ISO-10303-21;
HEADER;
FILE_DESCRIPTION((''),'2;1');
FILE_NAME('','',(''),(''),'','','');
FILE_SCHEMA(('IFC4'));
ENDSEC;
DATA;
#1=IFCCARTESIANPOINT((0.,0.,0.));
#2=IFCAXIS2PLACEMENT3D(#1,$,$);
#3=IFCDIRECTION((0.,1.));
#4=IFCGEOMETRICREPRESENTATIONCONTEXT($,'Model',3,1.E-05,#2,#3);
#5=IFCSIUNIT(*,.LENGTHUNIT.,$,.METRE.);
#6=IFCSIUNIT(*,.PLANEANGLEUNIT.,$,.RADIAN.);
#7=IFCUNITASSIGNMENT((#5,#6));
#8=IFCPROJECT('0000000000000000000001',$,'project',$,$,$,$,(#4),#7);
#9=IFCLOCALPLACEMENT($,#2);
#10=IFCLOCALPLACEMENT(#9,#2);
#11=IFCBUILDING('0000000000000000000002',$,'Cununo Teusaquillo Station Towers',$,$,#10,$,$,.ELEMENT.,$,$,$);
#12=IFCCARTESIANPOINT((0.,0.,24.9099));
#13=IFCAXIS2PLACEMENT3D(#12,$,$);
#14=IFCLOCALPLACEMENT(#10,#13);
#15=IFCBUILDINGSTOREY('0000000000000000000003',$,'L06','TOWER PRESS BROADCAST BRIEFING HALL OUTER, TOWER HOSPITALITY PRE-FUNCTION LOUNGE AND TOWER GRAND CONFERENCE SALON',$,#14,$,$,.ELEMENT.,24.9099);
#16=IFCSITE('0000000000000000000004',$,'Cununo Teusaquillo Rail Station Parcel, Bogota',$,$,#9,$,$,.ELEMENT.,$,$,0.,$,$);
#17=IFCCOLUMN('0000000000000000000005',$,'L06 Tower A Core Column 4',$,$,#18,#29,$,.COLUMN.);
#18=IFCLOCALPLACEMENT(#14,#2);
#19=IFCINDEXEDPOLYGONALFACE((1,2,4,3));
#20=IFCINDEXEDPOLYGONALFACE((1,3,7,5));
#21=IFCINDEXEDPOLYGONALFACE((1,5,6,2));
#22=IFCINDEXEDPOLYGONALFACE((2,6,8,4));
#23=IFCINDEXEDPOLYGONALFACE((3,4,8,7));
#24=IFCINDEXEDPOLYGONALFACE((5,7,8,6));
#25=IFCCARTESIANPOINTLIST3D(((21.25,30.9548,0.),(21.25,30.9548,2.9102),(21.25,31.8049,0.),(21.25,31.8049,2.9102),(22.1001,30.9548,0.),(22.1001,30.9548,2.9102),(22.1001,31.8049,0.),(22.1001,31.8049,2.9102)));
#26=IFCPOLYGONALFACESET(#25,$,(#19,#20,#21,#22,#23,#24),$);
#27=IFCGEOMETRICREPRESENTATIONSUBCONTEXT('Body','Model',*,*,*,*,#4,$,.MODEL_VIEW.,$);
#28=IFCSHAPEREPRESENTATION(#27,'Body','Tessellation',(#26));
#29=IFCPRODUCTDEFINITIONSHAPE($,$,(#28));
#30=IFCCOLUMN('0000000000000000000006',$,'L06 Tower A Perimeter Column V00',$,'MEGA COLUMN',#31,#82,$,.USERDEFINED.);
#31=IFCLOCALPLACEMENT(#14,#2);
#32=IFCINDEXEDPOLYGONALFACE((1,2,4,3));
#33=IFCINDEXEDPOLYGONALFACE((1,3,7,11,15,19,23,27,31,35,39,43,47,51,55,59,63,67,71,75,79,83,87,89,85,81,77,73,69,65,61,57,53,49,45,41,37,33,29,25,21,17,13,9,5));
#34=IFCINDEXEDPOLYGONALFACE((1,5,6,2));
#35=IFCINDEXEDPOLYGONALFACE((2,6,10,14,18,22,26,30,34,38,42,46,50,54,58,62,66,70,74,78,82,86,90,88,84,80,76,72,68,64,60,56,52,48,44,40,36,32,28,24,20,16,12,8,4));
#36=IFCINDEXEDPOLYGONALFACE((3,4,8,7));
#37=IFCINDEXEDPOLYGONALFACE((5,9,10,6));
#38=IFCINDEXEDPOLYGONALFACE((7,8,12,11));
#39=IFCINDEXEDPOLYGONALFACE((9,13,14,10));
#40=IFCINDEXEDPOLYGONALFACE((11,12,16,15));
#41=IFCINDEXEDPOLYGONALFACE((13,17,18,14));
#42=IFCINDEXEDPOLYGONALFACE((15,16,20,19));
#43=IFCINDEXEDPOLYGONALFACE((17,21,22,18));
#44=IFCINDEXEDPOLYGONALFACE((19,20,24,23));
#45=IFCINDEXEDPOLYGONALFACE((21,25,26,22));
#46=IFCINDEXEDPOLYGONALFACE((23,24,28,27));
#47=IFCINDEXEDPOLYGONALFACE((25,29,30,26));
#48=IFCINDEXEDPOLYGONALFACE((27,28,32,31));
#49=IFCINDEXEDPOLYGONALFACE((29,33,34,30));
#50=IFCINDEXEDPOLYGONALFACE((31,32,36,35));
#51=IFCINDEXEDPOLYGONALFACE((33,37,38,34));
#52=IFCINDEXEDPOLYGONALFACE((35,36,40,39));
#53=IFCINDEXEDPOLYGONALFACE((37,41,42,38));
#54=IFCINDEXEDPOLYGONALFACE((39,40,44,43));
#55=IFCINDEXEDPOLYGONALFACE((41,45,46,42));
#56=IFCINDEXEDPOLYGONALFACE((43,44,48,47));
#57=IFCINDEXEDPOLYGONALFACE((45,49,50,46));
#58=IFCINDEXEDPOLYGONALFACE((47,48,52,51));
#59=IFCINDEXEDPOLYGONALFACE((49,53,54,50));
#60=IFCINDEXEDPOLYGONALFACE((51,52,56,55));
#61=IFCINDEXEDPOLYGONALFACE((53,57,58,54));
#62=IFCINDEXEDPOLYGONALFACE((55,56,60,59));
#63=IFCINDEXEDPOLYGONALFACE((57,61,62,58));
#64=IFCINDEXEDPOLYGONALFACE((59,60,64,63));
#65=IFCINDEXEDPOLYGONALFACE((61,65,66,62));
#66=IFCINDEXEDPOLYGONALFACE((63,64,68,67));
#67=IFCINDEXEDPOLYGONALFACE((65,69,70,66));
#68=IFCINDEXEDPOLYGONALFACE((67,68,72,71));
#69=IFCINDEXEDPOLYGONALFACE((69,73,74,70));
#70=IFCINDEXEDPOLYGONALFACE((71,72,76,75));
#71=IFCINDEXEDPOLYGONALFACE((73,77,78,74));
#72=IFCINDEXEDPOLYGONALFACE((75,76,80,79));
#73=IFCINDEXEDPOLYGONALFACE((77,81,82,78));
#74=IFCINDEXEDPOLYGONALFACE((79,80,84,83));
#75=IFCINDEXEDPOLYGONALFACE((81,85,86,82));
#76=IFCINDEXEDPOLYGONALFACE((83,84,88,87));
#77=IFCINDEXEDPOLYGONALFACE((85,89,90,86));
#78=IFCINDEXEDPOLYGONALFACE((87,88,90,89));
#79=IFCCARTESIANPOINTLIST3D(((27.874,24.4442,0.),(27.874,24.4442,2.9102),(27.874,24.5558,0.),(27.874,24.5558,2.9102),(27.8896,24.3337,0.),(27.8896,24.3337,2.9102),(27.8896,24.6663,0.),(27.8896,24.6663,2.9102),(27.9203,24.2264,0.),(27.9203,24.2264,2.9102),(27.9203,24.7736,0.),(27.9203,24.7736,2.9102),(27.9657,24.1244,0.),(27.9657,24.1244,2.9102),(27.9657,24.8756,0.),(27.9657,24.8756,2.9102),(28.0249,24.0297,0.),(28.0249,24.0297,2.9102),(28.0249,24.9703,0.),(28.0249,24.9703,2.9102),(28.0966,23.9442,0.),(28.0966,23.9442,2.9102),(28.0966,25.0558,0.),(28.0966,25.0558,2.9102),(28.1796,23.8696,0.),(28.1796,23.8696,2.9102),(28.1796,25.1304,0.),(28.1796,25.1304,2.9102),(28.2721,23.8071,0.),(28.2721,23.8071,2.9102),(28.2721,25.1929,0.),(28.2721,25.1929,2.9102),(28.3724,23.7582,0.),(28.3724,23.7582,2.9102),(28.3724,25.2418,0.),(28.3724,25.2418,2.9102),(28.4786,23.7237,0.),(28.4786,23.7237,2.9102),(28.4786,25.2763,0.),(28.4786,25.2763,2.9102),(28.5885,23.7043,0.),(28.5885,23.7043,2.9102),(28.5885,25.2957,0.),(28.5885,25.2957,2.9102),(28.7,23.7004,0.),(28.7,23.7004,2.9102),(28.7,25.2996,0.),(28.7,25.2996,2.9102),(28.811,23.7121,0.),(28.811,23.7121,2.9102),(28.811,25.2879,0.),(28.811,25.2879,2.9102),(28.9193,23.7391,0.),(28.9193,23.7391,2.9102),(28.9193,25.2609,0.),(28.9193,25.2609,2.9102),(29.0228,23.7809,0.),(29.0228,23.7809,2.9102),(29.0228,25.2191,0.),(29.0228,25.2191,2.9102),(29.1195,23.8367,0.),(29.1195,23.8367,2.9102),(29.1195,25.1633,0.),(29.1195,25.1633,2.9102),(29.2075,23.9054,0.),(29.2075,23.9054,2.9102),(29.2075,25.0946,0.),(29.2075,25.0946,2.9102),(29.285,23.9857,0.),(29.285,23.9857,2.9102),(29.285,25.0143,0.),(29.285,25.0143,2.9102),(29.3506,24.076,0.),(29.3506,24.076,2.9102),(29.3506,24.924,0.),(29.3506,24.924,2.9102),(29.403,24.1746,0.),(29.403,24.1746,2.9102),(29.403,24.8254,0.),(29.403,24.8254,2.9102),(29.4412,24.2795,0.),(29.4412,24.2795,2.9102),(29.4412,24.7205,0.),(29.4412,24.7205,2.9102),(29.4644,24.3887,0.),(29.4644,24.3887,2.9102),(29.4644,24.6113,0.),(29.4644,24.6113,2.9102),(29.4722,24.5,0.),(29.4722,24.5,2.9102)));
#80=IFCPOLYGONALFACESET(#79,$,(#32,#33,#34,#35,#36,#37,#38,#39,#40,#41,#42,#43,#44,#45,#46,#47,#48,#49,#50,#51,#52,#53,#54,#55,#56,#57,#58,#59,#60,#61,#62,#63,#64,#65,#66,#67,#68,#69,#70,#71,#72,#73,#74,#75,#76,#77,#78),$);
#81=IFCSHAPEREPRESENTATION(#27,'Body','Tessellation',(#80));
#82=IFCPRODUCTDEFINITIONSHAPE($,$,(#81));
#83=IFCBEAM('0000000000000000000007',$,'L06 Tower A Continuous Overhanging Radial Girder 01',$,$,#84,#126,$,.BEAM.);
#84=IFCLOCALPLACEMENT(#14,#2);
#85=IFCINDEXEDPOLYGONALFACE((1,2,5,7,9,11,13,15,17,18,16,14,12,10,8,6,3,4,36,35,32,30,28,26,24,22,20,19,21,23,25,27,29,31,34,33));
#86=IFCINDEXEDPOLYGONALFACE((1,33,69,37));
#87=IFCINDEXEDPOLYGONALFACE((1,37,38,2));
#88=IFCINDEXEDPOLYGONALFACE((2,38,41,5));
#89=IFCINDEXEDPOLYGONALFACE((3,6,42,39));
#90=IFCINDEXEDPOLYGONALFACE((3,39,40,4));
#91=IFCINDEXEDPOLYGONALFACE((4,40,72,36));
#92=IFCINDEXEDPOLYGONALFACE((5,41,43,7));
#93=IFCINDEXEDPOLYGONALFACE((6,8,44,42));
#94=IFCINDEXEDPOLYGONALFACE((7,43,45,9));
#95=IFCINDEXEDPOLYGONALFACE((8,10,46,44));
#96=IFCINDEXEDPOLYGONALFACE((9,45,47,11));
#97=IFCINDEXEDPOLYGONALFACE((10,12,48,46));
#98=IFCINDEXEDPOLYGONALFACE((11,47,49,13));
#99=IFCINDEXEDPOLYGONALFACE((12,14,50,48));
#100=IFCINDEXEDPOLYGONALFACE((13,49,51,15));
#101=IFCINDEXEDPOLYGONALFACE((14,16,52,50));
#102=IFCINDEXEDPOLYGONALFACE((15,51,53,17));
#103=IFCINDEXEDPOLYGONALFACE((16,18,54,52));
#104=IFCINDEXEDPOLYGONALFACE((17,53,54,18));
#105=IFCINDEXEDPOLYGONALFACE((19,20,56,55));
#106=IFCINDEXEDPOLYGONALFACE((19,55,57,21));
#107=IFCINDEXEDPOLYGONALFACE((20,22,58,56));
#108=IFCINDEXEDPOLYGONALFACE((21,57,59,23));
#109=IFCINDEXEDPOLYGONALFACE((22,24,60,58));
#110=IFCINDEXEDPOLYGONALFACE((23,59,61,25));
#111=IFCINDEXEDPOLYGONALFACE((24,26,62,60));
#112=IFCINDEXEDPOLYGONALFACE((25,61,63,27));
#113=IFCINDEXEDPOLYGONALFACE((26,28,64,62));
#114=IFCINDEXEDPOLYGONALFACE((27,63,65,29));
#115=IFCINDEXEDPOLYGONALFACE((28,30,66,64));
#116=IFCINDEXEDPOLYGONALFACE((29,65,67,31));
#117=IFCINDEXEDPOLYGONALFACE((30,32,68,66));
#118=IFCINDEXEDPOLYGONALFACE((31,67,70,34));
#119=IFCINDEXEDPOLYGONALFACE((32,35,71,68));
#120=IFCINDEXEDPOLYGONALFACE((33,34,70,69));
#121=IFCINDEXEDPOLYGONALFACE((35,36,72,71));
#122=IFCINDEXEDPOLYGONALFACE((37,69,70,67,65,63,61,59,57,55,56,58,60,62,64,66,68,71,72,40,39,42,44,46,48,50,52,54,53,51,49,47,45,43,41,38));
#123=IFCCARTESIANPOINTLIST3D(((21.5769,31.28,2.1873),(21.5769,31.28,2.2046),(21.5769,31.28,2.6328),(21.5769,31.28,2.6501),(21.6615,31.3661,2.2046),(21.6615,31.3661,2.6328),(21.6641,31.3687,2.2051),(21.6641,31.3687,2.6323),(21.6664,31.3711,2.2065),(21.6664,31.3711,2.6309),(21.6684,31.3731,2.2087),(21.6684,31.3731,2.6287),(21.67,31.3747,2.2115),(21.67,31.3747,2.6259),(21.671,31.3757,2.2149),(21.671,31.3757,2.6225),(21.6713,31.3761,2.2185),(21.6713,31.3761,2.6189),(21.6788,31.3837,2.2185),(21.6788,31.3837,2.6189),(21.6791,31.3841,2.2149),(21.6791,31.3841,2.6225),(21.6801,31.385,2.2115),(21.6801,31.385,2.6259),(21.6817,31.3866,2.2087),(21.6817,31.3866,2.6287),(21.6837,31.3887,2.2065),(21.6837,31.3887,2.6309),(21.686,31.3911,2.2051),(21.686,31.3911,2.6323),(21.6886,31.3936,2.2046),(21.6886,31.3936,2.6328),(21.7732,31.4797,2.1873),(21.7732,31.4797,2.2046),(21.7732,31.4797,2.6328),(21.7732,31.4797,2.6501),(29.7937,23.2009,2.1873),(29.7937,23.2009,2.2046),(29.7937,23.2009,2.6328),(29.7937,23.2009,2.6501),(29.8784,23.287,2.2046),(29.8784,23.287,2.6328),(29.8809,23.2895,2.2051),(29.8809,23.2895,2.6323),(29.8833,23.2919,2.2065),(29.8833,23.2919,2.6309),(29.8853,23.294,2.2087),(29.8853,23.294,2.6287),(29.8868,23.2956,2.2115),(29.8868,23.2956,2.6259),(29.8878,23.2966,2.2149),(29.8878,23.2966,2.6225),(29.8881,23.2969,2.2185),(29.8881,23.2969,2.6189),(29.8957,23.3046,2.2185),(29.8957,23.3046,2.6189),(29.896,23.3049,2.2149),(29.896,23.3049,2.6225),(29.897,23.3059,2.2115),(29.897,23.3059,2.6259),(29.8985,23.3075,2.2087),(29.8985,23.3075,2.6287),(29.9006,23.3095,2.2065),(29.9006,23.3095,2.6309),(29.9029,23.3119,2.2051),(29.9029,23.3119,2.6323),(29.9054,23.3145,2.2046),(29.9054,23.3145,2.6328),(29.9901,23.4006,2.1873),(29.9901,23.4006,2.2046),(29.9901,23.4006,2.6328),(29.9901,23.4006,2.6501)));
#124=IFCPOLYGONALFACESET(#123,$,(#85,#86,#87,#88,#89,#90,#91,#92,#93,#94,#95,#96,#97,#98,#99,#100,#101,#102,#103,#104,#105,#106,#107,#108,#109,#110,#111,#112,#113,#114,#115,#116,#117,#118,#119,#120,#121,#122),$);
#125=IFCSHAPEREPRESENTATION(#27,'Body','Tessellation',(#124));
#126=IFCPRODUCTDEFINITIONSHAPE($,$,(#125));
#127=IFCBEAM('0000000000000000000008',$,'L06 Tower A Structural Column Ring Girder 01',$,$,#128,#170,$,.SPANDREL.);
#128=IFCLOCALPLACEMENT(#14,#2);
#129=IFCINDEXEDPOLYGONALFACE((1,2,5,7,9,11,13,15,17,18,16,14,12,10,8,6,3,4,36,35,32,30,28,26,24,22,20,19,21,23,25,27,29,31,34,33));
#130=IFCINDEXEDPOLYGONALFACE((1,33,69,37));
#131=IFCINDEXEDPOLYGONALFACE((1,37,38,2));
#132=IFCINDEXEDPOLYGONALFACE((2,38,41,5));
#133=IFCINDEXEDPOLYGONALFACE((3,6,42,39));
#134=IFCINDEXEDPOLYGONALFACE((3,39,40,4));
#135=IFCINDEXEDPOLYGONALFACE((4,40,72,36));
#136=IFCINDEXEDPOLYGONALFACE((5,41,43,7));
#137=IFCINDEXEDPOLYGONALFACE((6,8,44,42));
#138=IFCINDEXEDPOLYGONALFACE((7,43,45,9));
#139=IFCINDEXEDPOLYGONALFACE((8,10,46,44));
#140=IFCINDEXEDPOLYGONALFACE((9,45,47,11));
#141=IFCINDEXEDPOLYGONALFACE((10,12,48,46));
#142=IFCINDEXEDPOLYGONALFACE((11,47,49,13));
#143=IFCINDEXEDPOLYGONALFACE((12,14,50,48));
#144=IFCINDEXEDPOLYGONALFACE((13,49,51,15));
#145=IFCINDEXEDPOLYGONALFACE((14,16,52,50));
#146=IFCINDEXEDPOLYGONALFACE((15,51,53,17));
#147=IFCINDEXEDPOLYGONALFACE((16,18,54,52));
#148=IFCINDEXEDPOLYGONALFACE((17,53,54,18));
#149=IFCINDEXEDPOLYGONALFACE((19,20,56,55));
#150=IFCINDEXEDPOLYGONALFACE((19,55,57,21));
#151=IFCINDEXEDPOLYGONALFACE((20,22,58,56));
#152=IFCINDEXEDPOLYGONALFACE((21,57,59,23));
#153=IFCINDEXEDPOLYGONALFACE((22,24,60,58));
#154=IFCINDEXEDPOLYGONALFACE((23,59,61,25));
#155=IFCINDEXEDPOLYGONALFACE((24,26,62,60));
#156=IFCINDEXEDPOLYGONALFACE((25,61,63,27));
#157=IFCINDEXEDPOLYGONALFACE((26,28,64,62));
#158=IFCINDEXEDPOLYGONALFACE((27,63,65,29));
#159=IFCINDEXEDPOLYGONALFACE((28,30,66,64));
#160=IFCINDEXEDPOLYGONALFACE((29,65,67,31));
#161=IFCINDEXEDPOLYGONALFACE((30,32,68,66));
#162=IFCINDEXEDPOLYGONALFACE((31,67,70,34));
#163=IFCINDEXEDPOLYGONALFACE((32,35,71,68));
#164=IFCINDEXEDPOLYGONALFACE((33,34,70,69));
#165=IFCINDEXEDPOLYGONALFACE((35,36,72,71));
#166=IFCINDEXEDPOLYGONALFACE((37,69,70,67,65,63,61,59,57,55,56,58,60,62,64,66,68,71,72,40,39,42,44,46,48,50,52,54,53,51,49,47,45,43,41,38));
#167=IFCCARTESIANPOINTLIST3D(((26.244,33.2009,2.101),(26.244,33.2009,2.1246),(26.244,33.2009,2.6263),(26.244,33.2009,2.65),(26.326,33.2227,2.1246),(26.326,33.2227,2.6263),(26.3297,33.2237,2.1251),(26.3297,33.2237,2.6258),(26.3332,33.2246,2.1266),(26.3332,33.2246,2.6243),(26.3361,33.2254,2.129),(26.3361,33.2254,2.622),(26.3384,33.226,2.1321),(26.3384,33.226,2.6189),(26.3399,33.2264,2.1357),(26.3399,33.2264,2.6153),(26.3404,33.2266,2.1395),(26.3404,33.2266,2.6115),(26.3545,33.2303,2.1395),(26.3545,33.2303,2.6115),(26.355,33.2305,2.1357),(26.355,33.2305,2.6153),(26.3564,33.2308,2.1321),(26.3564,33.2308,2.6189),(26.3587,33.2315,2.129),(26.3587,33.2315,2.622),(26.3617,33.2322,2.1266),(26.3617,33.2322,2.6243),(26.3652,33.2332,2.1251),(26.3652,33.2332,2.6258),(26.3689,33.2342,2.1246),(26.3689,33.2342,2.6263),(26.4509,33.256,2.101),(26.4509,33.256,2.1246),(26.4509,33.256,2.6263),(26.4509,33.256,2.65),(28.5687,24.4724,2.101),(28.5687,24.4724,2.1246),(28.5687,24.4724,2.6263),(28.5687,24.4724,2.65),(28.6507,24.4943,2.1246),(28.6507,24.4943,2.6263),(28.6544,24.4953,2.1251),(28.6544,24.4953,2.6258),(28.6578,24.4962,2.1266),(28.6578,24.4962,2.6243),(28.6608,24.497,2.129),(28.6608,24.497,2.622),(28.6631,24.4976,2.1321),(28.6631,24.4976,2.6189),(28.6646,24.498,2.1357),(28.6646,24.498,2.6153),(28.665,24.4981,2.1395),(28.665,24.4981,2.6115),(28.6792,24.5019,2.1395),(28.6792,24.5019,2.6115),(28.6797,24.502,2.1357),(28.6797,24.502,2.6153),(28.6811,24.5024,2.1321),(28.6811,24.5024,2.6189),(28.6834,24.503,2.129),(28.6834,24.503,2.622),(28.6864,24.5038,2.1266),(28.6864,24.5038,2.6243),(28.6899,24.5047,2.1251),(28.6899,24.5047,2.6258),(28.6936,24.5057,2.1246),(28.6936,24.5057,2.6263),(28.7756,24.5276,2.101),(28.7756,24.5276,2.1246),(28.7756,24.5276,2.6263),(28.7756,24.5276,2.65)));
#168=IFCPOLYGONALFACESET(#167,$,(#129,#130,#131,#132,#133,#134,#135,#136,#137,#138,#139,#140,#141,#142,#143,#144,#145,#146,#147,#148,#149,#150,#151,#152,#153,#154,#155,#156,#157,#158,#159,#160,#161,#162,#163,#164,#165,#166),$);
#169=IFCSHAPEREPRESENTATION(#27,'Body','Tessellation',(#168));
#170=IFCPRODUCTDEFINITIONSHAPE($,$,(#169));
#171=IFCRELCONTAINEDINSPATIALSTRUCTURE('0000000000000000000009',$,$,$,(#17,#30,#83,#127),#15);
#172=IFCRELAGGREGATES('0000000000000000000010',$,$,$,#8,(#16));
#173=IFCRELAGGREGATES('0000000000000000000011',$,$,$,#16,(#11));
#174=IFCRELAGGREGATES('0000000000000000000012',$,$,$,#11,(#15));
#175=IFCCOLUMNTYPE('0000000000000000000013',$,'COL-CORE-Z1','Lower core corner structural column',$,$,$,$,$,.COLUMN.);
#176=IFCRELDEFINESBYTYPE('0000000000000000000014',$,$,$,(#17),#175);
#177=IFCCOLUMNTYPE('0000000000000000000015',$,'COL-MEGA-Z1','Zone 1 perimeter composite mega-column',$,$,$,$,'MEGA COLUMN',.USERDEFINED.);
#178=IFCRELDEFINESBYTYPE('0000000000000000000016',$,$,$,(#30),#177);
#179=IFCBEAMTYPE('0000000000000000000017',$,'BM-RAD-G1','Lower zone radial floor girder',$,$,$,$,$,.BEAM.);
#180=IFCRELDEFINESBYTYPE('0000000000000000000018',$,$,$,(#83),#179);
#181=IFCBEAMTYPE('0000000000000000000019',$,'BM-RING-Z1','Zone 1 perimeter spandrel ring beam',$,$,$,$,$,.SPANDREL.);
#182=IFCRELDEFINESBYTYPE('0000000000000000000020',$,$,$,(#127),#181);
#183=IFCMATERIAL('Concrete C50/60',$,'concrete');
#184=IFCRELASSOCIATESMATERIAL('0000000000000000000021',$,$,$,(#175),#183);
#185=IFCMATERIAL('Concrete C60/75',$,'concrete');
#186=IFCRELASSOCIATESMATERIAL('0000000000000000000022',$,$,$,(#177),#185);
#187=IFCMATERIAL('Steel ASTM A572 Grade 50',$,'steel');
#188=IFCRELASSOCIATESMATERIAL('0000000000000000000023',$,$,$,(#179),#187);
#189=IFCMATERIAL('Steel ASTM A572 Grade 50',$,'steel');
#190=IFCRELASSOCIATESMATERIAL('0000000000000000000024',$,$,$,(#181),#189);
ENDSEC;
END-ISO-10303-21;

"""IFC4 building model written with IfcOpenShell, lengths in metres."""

from ifc_helpers import new_model, si_unit, direction, frame, origin, origin_2d, place, context, subcontext, project, spatial, rectangle, circle, i_section, extrude, material, material_profile, profile_set, type_object, element, save


model = new_model("IFC4")

# Units and contexts
model_context = context("Model", 3, precision=1e-05, world=origin(), true_north=direction((0.0, 1.0)))
body_context = subcontext(model_context, "Body", "Model", "MODEL_VIEW")
ifc_project = project(units=[si_unit("LENGTHUNIT", "METRE"), si_unit("PLANEANGLEUNIT", "RADIAN")], contexts=[model_context])

# Site, building, storey
site_placement = place(None, origin())
site = spatial("IfcSite", under=ifc_project, at=site_placement, Name="Cununo Teusaquillo Rail Station Parcel, Bogota", CompositionType="ELEMENT", RefElevation=0.0)
building_placement = place(site_placement, origin())
building = spatial("IfcBuilding", under=site, at=building_placement, Name="Cununo Teusaquillo Station Towers", CompositionType="ELEMENT")
storey_placement = place(building_placement, frame((0.0, 0.0, 24.9099)))
storey = spatial("IfcBuildingStorey", under=building, at=storey_placement, Name="L06", Description="TOWER PRESS BROADCAST BRIEFING HALL OUTER, TOWER HOSPITALITY PRE-FUNCTION LOUNGE AND TOWER GRAND CONFERENCE SALON", CompositionType="ELEMENT", Elevation=24.9099)

# Columns
ifc_material_1 = material(Name="Concrete C50/60", Category="concrete")
ifc_material_profile_1 = material_profile(ifc_material_1, rectangle(XDim=0.8501, YDim=0.8501, at=origin_2d()), Name="RC-RECT-850x850")
ifc_profile_set_1 = profile_set([ifc_material_profile_1], Name="Concrete C50/60")
column_type_1 = type_object("IfcColumnType", Name="COL-CORE-Z1", Description="Lower core corner structural column", PredefinedType="COLUMN", material=ifc_profile_set_1)
column_1_placement = place(storey_placement, frame((21.675, 31.3799, 0.0), z_axis=(0.0, 0.0, 1.0), x_axis=(1.0, 0.0, 0.0)))
element("IfcColumn", 1, at=column_1_placement, inside=storey, type_object=column_type_1, Name="L06 Tower A Core Column 4", PredefinedType="COLUMN", context=body_context, shape_type="SweptSolid", body=[
    extrude(rectangle(XDim=0.8501, YDim=0.8501, at=origin_2d()), origin(), (0.0, 0.0, 1.0), 2.9102),
])
ifc_material_2 = material(Name="Concrete C60/75", Category="concrete")
ifc_material_profile_2 = material_profile(ifc_material_2, circle(Radius=0.8, at=origin_2d()), Name="RC-CIRC-1600")
ifc_profile_set_2 = profile_set([ifc_material_profile_2], Name="Concrete C60/75")
column_type_2 = type_object("IfcColumnType", Name="COL-MEGA-Z1", Description="Zone 1 perimeter composite mega-column", ElementType="MEGA COLUMN", PredefinedType="USERDEFINED", material=ifc_profile_set_2)
column_2_placement = place(storey_placement, frame((28.6721, 24.5, 0.0), z_axis=(0.0, 0.0, 1.0), x_axis=(1.0, 0.0, 0.0)))
element("IfcColumn", 2, at=column_2_placement, inside=storey, type_object=column_type_2, Name="L06 Tower A Perimeter Column V00", ObjectType="MEGA COLUMN", PredefinedType="USERDEFINED", context=body_context, shape_type="SweptSolid", body=[
    extrude(circle(Radius=0.8, at=origin_2d()), origin(), (0.0, 0.0, 1.0), 2.9102),
])

# Beams
ifc_material_3 = material(Name="Steel ASTM A572 Grade 50", Category="steel")
ifc_material_profile_3 = material_profile(ifc_material_3, i_section(OverallWidth=0.28, OverallDepth=0.4629, WebThickness=0.0107, FlangeThickness=0.0173, FilletRadius=0.0139, at=origin_2d()), Name="W18X76")
ifc_profile_set_3 = profile_set([ifc_material_profile_3], Name="Steel ASTM A572 Grade 50")
beam_type_1 = type_object("IfcBeamType", Name="BM-RAD-G1", Description="Lower zone radial floor girder", PredefinedType="BEAM", material=ifc_profile_set_3)
beam_1_placement = place(storey_placement, frame((21.675, 31.3799, 2.4187), z_axis=(0.713056, -0.701107, 0.0), x_axis=(0.701107, 0.713056, 0.0)))
element("IfcBeam", 3, at=beam_1_placement, inside=storey, type_object=beam_type_1, Name="L06 Tower A Continuous Overhanging Radial Girder 01", PredefinedType="BEAM", context=body_context, shape_type="SweptSolid", body=[
    extrude(i_section(OverallWidth=0.28, OverallDepth=0.4629, WebThickness=0.0107, FlangeThickness=0.0173, FilletRadius=0.0139, at=origin_2d()), origin(), (0.0, 0.0, 1.0), 11.5234),
])
ifc_material_4 = material(Name="Steel ASTM A572 Grade 50", Category="steel")
ifc_material_profile_4 = material_profile(ifc_material_4, i_section(OverallWidth=0.2141, OverallDepth=0.5491, WebThickness=0.0146, FlangeThickness=0.0237, FilletRadius=0.0149, at=origin_2d()), Name="W21X93")
ifc_profile_set_4 = profile_set([ifc_material_profile_4], Name="Steel ASTM A572 Grade 50")
beam_type_2 = type_object("IfcBeamType", Name="BM-RING-Z1", Description="Zone 1 perimeter spandrel ring beam", PredefinedType="SPANDREL", material=ifc_profile_set_4)
beam_2_placement = place(storey_placement, frame((28.6721, 24.5, 2.3755), z_axis=(-0.257363, 0.966315, 0.0), x_axis=(-0.966315, -0.257363, 0.0)))
element("IfcBeam", 4, at=beam_2_placement, inside=storey, type_object=beam_type_2, Name="L06 Tower A Structural Column Ring Girder 01", PredefinedType="SPANDREL", context=body_context, shape_type="SweptSolid", body=[
    extrude(i_section(OverallWidth=0.2141, OverallDepth=0.5491, WebThickness=0.0146, FlangeThickness=0.0237, FilletRadius=0.0149, at=origin_2d()), origin(), (0.0, 0.0, 1.0), 9.0327),
])

save(model, "model.ifc")
